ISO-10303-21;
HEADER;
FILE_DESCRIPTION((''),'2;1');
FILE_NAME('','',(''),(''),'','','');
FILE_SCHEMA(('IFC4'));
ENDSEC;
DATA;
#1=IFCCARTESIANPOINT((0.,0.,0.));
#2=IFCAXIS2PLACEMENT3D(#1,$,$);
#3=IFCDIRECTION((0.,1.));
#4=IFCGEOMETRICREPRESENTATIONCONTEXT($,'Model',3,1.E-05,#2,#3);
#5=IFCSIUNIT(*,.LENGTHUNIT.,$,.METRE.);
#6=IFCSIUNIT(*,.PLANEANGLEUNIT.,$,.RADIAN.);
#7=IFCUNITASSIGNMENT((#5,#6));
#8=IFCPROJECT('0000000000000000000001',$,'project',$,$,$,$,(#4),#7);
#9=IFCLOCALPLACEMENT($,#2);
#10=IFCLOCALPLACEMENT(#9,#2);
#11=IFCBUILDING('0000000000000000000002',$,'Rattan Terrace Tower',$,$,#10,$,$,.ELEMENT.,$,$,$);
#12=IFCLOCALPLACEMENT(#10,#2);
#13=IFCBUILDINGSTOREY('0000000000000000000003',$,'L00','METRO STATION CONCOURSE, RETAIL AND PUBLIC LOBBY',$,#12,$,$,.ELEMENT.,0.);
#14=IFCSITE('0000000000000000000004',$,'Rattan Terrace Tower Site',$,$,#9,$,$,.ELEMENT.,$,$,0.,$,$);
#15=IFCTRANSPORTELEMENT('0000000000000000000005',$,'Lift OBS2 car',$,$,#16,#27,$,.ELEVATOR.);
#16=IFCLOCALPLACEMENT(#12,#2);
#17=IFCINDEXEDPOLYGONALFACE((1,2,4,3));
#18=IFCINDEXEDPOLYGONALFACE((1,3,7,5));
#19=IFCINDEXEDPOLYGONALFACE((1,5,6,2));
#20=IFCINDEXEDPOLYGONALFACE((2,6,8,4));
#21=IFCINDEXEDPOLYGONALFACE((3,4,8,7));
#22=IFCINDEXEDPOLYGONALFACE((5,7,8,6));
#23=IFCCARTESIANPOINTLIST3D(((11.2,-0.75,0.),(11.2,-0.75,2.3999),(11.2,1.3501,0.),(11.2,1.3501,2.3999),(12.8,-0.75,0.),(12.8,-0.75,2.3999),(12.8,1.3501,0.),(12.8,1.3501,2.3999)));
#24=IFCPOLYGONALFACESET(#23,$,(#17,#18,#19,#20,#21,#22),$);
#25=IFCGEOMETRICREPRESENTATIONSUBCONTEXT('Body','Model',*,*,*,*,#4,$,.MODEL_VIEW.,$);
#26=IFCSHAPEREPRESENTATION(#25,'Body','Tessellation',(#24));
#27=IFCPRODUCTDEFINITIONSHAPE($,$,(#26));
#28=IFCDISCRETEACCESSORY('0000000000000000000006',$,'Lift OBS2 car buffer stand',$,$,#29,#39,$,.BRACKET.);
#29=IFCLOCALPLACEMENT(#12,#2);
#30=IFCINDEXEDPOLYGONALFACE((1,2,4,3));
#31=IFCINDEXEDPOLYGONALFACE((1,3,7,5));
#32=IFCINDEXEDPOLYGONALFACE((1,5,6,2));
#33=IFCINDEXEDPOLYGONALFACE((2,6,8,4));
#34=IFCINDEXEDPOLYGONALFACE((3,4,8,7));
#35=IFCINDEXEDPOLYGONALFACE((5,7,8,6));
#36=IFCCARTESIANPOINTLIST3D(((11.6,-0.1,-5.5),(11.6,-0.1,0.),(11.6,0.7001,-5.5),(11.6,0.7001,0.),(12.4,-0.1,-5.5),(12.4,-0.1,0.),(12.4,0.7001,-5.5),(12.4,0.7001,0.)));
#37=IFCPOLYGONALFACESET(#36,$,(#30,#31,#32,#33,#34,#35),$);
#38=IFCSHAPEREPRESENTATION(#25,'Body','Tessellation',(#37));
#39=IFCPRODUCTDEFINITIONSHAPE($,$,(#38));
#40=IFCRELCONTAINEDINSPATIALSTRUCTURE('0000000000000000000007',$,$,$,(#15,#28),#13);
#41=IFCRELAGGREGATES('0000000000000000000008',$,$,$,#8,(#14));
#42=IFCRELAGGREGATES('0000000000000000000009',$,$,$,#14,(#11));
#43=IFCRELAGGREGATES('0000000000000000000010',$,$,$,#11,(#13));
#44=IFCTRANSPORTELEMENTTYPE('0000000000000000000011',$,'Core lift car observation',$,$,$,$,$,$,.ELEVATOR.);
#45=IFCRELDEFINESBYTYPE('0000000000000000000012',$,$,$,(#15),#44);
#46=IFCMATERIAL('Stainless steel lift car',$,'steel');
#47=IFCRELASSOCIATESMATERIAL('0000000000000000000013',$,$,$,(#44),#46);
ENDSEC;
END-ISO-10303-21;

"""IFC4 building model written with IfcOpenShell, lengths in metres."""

from ifc_helpers import new_model, si_unit, direction, frame, origin, origin_2d, place, context, subcontext, project, spatial, rectangle, extrude, material, type_object, element, save


model = new_model("IFC4")

# Units and contexts
model_context = context("Model", 3, precision=1e-05, world=origin(), true_north=direction((0.0, 1.0)))
body_context = subcontext(model_context, "Body", "Model", "MODEL_VIEW")
ifc_project = project(units=[si_unit("LENGTHUNIT", "METRE"), si_unit("PLANEANGLEUNIT", "RADIAN")], contexts=[model_context])

# Site, building, storey
site_placement = place(None, origin())
site = spatial("IfcSite", under=ifc_project, at=site_placement, Name="Rattan Terrace Tower Site", CompositionType="ELEMENT", RefElevation=0.0)
building_placement = place(site_placement, origin())
building = spatial("IfcBuilding", under=site, at=building_placement, Name="Rattan Terrace Tower", CompositionType="ELEMENT")
storey_placement = place(building_placement, origin())
storey = spatial("IfcBuildingStorey", under=building, at=storey_placement, Name="L00", Description="METRO STATION CONCOURSE, RETAIL AND PUBLIC LOBBY", CompositionType="ELEMENT", Elevation=0.0)

# Transport element
ifc_material_1 = material(Name="Stainless steel lift car", Category="steel")
transport_element_type = type_object("IfcTransportElementType", Name="Core lift car observation", PredefinedType="ELEVATOR", material=ifc_material_1)
transport_element_placement = place(storey_placement, frame((12.0, 0.3, 0.0), z_axis=(0.0, 0.0, 1.0), x_axis=(1.0, 0.0, 0.0)))
element("IfcTransportElement", 1, at=transport_element_placement, inside=storey, type_object=transport_element_type, Name="Lift OBS2 car", PredefinedType="ELEVATOR", context=body_context, shape_type="SweptSolid", body=[
    extrude(rectangle(XDim=1.6001, YDim=2.1001, at=origin_2d()), origin(), (0.0, 0.0, 1.0), 2.3999),
])

# Discrete accessory
discrete_accessory_placement = place(storey_placement, frame((12.0, 0.3, -5.5), z_axis=(0.0, 0.0, 1.0), x_axis=(1.0, 0.0, 0.0)))
element("IfcDiscreteAccessory", 2, at=discrete_accessory_placement, inside=storey, Name="Lift OBS2 car buffer stand", PredefinedType="BRACKET", context=body_context, shape_type="SweptSolid", body=[
    extrude(rectangle(XDim=0.8, YDim=0.8, at=origin_2d()), origin(), (0.0, 0.0, 1.0), 5.5),
])

save(model, "model.ifc")
